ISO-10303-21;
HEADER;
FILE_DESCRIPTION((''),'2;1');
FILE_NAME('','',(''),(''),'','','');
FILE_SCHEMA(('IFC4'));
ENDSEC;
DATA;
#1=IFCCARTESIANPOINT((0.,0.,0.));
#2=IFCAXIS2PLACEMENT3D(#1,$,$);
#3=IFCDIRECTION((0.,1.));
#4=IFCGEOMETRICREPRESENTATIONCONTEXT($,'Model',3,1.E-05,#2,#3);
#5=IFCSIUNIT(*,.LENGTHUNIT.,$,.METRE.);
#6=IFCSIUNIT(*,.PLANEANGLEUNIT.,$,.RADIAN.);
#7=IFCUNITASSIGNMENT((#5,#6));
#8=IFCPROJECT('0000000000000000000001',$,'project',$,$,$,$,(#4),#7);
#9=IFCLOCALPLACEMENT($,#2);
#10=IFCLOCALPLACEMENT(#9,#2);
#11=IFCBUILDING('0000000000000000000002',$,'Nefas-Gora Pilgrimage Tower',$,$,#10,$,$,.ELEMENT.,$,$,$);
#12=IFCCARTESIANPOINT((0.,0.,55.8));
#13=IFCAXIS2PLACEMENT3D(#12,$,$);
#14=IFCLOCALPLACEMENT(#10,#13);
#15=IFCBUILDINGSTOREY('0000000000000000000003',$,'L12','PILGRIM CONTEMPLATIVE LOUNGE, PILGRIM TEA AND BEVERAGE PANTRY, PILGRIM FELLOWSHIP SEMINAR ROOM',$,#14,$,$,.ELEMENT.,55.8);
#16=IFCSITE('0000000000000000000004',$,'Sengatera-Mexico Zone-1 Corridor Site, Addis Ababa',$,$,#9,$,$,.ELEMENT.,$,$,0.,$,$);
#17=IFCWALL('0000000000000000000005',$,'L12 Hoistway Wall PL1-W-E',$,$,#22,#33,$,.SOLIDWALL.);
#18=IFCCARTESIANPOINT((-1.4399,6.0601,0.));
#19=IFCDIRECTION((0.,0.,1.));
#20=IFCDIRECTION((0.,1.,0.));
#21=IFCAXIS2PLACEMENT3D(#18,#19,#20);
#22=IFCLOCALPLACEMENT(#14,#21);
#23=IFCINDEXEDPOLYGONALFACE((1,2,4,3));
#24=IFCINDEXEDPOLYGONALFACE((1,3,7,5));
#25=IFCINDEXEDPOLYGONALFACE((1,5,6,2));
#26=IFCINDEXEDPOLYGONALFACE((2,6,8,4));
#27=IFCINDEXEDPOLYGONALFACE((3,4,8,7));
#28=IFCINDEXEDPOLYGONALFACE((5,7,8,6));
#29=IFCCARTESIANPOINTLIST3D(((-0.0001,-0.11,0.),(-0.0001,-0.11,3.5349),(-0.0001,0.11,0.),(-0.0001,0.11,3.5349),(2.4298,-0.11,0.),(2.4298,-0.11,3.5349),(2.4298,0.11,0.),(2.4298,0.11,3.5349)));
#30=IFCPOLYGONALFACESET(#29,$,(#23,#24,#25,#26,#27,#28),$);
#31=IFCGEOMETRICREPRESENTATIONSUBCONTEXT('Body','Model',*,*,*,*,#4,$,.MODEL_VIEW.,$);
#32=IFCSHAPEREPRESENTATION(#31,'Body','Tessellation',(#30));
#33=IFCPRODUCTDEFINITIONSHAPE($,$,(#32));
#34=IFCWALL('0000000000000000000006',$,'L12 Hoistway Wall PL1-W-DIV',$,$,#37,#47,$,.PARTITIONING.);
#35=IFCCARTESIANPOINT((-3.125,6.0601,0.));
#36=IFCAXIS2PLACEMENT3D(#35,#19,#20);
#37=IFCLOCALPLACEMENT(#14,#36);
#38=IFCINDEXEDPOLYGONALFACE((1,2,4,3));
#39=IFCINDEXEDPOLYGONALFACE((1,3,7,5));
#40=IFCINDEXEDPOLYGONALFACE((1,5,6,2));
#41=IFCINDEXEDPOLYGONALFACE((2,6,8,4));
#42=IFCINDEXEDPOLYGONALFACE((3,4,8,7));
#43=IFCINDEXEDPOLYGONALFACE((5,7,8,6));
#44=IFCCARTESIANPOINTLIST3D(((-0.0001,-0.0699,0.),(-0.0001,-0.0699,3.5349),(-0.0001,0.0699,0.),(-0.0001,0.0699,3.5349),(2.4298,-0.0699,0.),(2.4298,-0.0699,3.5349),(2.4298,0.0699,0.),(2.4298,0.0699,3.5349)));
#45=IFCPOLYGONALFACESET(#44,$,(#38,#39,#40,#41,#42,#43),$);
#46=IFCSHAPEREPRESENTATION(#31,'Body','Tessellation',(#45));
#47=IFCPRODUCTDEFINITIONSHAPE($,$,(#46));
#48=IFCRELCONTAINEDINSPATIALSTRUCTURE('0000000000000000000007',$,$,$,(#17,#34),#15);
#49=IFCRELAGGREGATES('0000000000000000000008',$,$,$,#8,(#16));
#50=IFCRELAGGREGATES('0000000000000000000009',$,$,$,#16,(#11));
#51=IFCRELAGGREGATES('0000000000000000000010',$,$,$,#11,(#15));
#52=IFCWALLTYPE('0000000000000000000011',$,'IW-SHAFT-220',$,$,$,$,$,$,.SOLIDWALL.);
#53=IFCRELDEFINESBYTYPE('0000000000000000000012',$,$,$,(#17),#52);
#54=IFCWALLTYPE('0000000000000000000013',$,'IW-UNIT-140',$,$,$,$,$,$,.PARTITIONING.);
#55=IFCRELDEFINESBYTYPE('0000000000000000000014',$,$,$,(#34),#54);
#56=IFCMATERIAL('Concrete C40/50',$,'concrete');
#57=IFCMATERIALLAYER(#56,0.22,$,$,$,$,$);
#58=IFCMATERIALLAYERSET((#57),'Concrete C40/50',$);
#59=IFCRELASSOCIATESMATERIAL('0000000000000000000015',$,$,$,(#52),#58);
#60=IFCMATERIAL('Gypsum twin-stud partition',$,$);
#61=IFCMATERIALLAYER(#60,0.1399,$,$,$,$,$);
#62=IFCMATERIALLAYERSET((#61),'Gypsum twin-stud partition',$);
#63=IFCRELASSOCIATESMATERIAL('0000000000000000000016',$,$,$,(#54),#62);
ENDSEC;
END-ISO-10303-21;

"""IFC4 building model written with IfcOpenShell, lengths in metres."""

from ifc_helpers import new_model, si_unit, direction, frame, frame_2d, origin, place, context, subcontext, project, spatial, rectangle, extrude, source, transform, mapped, material, layer, layer_set, type_object, element, save


model = new_model("IFC4")

# Units and contexts
model_context = context("Model", 3, precision=1e-05, world=origin(), true_north=direction((0.0, 1.0)))
body_context = subcontext(model_context, "Body", "Model", "MODEL_VIEW")
ifc_project = project(units=[si_unit("LENGTHUNIT", "METRE"), si_unit("PLANEANGLEUNIT", "RADIAN")], contexts=[model_context])

# Site, building, storey
site_placement = place(None, origin())
site = spatial("IfcSite", under=ifc_project, at=site_placement, Name="Sengatera-Mexico Zone-1 Corridor Site, Addis Ababa", CompositionType="ELEMENT", RefElevation=0.0)
building_placement = place(site_placement, origin())
building = spatial("IfcBuilding", under=site, at=building_placement, Name="Nefas-Gora Pilgrimage Tower", CompositionType="ELEMENT")
storey_placement = place(building_placement, frame((0.0, 0.0, 55.8)))
storey = spatial("IfcBuildingStorey", under=building, at=storey_placement, Name="L12", Description="PILGRIM CONTEMPLATIVE LOUNGE, PILGRIM TEA AND BEVERAGE PANTRY, PILGRIM FELLOWSHIP SEMINAR ROOM", CompositionType="ELEMENT", Elevation=55.8)

# Shared definitions
ifc_material_1 = material(Name="Concrete C40/50", Category="concrete")

# Shared definitions
ifc_layer_1 = layer(ifc_material_1, 0.22)
ifc_layer_set_1 = layer_set([ifc_layer_1], Name="Concrete C40/50")
wall_type_1 = type_object("IfcWallType", Name="IW-SHAFT-220", PredefinedType="SOLIDWALL", material=ifc_layer_set_1)

# Walls
shared_shape_1 = source(origin(), body_context, "Body", "SweptSolid", [
    extrude(rectangle(XDim=2.4299, YDim=0.22, at=frame_2d((1.2148, 0.0))), origin(), (0.0, 0.0, 1.0), 3.5349),
])
for number, where, z_axis, x_axis, name in (
    (1, (-1.4399, 6.0601, 0.0), (0.0, 0.0, 1.0), (0.0, 1.0, 0.0), "L12 Hoistway Wall PL1-W-E"),
):
    element("IfcWall", number, at=place(storey_placement, frame(where, z_axis=z_axis, x_axis=x_axis)), inside=storey, type_object=wall_type_1, Name=name, PredefinedType="SOLIDWALL", context=body_context, shape_type="MappedRepresentation", body=[
        mapped(shared_shape_1, transform((0.0, 0.0, 0.0), x_axis=(1.0, 0.0, 0.0), y_axis=(0.0, 1.0, 0.0), z_axis=(0.0, 0.0, 1.0), scale=1.0)),
    ])
ifc_material_2 = material(Name="Gypsum twin-stud partition")
ifc_layer_2 = layer(ifc_material_2, 0.1399)
ifc_layer_set_2 = layer_set([ifc_layer_2], Name="Gypsum twin-stud partition")
wall_type_2 = type_object("IfcWallType", Name="IW-UNIT-140", PredefinedType="PARTITIONING", material=ifc_layer_set_2)
shared_shape_2 = source(origin(), body_context, "Body", "SweptSolid", [
    extrude(rectangle(XDim=2.4299, YDim=0.1399, at=frame_2d((1.2148, 0.0))), origin(), (0.0, 0.0, 1.0), 3.5349),
])
wall_1_placement = place(storey_placement, frame((-3.125, 6.0601, 0.0), z_axis=(0.0, 0.0, 1.0), x_axis=(0.0, 1.0, 0.0)))
element("IfcWall", 2, at=wall_1_placement, inside=storey, type_object=wall_type_2, Name="L12 Hoistway Wall PL1-W-DIV", PredefinedType="PARTITIONING", context=body_context, shape_type="MappedRepresentation", body=[
    mapped(shared_shape_2, transform((0.0, 0.0, 0.0), x_axis=(1.0, 0.0, 0.0), y_axis=(0.0, 1.0, 0.0), z_axis=(0.0, 0.0, 1.0), scale=1.0)),
])

save(model, "model.ifc")
